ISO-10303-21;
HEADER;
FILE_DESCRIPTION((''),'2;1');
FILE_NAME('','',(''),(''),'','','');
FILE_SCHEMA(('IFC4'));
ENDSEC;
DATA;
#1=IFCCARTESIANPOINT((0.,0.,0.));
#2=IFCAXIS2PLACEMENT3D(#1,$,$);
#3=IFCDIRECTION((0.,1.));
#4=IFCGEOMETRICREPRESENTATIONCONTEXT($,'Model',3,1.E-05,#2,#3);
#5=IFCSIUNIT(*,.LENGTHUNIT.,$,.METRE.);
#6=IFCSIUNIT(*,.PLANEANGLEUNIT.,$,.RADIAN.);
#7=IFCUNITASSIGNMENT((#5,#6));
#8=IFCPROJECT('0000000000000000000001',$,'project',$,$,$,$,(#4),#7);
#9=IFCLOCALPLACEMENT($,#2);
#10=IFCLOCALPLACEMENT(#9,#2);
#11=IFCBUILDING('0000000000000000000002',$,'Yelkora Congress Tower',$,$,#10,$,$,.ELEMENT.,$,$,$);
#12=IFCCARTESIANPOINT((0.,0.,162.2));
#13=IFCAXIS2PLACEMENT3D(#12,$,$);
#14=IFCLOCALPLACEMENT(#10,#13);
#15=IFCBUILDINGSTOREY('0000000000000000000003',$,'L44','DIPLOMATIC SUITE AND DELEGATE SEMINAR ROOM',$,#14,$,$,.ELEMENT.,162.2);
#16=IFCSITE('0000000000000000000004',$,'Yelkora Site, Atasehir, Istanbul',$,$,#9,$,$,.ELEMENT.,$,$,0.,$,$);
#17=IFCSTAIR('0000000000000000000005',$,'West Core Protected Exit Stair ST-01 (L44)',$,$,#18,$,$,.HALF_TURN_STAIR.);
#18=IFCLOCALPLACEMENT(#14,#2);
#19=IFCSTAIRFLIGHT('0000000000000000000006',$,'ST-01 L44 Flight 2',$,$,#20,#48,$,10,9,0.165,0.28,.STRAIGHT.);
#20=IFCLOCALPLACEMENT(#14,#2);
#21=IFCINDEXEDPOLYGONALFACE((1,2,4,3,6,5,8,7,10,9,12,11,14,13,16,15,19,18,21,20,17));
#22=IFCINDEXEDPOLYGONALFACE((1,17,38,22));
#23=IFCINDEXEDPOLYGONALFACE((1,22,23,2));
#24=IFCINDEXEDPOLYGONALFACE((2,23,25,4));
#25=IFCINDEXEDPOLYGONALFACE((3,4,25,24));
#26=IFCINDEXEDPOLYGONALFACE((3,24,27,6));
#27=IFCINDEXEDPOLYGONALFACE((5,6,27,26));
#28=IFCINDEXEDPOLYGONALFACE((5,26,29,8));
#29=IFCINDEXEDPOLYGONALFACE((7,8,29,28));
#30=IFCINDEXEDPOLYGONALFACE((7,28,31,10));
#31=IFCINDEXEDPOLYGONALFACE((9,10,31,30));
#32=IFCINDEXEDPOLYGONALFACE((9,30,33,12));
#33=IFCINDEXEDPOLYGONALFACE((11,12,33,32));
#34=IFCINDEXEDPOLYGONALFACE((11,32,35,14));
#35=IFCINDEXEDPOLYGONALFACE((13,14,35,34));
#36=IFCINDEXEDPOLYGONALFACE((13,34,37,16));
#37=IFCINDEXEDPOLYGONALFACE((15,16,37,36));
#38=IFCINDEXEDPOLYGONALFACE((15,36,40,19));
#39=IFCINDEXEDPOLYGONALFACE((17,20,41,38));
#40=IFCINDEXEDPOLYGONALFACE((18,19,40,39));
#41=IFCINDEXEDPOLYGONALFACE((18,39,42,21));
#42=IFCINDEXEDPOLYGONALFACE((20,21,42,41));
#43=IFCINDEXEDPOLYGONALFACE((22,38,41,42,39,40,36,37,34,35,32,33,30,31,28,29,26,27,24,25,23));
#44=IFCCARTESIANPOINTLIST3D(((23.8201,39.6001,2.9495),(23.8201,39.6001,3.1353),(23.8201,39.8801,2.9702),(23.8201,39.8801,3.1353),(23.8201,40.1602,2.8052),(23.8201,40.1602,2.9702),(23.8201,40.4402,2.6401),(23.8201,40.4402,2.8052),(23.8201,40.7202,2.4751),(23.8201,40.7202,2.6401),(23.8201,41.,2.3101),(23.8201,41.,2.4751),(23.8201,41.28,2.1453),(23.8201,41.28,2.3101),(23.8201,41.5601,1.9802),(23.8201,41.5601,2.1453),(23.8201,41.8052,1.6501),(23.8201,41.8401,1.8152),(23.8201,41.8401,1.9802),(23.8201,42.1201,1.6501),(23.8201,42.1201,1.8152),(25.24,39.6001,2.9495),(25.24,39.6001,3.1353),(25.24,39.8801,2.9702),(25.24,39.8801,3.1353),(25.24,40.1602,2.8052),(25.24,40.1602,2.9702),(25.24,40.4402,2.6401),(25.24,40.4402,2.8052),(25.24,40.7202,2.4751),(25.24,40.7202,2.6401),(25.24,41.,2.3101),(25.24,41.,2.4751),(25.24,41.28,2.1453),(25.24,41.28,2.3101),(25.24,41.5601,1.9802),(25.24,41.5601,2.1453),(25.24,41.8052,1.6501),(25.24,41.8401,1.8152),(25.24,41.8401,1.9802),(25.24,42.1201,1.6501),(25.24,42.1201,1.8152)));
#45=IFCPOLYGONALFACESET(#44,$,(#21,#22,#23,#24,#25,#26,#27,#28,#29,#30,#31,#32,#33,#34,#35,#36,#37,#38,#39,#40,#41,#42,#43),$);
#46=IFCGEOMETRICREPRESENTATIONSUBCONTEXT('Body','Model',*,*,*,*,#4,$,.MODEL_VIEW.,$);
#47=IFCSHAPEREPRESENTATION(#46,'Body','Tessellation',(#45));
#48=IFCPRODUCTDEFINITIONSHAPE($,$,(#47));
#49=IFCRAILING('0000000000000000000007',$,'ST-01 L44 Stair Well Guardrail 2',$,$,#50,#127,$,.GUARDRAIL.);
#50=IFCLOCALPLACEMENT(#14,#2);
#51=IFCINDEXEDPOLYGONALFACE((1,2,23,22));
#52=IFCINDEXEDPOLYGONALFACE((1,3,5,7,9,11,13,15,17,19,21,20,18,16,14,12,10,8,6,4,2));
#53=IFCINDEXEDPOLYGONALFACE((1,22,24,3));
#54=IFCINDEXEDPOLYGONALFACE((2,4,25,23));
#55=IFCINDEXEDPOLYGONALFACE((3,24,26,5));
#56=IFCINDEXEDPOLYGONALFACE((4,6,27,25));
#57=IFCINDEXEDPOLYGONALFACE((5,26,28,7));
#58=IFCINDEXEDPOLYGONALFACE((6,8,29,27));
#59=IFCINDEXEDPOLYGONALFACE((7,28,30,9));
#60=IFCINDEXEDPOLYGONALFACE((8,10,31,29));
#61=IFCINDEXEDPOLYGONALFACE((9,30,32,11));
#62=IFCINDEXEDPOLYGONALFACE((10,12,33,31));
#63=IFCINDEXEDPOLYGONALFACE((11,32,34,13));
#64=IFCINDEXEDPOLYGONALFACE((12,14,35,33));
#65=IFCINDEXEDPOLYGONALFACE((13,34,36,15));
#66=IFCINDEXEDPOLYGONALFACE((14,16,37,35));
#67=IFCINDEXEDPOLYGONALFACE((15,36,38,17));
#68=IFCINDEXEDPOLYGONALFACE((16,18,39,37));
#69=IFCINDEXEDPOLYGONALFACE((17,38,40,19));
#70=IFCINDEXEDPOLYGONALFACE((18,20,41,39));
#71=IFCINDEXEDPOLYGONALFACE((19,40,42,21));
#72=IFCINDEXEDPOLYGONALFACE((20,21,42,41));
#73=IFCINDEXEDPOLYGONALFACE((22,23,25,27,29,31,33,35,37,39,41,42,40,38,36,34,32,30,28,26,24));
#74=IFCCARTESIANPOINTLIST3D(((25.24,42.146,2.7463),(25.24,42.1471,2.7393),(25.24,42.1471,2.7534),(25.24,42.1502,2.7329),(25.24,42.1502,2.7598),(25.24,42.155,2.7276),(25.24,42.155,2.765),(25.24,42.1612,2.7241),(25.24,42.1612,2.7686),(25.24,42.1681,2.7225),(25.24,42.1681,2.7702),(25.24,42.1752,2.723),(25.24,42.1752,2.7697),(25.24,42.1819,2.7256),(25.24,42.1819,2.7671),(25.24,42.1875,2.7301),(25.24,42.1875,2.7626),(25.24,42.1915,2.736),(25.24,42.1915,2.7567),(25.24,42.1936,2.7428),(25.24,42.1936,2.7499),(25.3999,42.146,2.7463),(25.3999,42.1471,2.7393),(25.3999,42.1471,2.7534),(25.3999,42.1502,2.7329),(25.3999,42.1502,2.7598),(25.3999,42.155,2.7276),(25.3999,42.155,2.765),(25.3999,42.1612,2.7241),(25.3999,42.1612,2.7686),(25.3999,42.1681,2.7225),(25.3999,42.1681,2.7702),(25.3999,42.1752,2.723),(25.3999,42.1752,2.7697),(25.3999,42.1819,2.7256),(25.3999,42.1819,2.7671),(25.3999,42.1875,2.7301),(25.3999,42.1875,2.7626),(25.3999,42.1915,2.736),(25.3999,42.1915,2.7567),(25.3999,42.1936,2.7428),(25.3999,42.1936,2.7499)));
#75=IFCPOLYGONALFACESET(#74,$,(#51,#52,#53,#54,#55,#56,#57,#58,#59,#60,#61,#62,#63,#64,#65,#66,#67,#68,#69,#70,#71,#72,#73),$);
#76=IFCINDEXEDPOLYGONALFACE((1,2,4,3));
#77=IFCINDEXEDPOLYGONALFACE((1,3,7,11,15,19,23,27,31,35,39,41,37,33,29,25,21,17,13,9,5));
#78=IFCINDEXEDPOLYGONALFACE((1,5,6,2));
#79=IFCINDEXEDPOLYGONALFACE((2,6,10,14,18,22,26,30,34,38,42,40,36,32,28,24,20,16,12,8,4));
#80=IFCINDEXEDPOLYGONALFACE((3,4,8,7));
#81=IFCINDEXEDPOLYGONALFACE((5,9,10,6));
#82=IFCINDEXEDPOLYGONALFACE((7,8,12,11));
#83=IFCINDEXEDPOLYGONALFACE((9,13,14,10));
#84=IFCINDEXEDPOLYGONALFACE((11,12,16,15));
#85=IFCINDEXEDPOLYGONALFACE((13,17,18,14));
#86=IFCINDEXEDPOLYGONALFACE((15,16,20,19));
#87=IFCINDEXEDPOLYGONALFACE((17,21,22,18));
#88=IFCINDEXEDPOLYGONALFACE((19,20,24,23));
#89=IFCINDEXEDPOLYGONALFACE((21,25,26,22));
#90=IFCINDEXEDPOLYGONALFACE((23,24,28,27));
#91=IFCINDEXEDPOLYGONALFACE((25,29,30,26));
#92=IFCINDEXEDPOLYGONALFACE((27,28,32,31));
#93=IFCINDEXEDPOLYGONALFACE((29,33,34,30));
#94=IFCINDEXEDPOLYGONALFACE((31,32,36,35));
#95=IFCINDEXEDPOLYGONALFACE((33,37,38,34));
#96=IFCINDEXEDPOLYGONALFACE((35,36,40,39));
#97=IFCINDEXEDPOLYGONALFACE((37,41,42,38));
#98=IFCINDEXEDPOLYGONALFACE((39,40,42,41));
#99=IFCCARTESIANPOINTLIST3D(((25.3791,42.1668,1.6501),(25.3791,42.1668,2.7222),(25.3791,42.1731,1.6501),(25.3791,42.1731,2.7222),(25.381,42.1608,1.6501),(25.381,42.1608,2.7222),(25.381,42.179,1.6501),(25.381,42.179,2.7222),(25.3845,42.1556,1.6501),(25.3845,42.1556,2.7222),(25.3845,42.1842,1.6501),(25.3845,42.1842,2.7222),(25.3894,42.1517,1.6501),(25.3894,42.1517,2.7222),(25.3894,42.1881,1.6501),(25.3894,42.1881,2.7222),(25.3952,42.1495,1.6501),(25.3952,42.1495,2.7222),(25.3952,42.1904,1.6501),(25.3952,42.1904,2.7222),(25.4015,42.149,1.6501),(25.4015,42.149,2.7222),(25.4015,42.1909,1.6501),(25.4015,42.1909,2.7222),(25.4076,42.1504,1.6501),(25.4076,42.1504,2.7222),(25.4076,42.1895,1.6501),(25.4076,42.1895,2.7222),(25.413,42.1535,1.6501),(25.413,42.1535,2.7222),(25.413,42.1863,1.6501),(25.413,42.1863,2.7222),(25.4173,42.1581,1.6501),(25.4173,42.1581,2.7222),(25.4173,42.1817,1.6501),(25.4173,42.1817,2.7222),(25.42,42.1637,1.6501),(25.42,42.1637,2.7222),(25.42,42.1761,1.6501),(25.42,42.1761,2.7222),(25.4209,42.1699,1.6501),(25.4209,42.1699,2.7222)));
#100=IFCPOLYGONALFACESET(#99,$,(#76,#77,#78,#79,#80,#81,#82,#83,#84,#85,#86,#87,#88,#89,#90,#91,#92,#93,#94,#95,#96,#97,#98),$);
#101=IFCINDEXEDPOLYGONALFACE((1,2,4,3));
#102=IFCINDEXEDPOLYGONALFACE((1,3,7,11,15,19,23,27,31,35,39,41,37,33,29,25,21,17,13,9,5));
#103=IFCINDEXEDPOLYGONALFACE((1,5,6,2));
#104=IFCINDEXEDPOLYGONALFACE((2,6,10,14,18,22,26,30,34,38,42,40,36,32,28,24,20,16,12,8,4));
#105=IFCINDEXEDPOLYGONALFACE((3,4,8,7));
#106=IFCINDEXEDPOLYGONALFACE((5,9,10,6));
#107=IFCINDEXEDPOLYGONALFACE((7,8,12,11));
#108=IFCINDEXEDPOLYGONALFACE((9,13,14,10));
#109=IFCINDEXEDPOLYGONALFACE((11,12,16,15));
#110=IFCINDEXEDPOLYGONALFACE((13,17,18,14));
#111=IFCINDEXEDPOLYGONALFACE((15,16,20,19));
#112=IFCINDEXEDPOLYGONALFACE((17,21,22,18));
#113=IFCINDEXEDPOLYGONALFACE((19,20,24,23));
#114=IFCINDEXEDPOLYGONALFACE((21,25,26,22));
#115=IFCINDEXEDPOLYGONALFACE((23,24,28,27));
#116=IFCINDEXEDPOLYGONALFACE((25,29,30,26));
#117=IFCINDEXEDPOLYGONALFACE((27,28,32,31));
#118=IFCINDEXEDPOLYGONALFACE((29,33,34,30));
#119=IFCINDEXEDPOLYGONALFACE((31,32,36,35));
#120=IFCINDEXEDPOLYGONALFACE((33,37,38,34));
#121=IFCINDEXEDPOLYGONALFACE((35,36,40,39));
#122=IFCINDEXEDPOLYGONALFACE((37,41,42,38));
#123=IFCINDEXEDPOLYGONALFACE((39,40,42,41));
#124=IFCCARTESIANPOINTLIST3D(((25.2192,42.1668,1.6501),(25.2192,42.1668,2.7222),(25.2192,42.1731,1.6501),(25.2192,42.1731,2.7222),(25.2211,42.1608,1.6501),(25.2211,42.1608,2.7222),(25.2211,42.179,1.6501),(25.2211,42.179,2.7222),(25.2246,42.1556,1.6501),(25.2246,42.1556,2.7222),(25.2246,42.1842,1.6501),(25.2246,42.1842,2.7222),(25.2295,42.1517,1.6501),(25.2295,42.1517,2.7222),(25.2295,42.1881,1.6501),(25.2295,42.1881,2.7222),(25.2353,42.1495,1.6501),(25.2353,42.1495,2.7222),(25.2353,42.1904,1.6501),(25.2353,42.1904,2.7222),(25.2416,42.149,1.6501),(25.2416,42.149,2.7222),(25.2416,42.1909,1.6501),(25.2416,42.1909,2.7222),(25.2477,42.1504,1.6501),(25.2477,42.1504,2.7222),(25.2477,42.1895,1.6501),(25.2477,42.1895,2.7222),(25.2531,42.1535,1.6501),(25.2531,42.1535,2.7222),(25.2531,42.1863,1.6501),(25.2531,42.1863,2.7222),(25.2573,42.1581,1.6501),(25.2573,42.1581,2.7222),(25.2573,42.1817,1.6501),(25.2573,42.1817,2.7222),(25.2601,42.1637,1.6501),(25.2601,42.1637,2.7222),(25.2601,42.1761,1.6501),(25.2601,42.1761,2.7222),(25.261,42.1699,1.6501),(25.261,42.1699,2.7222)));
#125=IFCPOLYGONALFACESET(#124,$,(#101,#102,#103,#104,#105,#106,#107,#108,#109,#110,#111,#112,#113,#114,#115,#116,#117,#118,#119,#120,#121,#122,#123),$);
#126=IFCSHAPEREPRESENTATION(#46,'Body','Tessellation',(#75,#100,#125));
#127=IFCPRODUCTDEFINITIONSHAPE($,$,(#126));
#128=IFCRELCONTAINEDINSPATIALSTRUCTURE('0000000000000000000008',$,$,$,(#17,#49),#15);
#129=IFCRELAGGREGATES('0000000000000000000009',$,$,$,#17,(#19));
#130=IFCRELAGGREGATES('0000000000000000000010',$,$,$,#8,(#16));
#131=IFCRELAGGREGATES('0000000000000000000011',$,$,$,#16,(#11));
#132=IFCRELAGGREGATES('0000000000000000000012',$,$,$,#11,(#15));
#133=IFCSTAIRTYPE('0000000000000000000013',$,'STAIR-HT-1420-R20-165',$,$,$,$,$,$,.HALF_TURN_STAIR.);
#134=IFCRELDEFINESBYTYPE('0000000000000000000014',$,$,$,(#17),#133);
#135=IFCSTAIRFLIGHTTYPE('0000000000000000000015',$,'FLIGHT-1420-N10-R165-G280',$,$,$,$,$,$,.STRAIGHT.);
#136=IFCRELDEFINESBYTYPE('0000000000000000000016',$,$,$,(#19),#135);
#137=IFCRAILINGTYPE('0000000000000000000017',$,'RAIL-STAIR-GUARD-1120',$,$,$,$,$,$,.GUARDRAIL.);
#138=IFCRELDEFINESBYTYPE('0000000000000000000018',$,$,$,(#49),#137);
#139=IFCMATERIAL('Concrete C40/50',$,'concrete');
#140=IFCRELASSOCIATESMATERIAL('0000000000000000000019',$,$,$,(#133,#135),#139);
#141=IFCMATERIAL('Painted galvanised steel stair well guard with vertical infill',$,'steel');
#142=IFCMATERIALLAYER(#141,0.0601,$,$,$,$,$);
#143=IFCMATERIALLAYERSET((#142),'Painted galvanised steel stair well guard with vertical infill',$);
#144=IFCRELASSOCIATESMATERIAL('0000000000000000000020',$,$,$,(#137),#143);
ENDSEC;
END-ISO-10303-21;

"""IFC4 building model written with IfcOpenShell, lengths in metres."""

from ifc_helpers import new_model, si_unit, direction, frame, origin, origin_2d, place, context, subcontext, project, spatial, polyline, circle, outline, extrude, material, layer, layer_set, type_object, element, aggregate, save


model = new_model("IFC4")

# Units and contexts
model_context = context("Model", 3, precision=1e-05, world=origin(), true_north=direction((0.0, 1.0)))
body_context = subcontext(model_context, "Body", "Model", "MODEL_VIEW")
ifc_project = project(units=[si_unit("LENGTHUNIT", "METRE"), si_unit("PLANEANGLEUNIT", "RADIAN")], contexts=[model_context])

# Site, building, storey
site_placement = place(None, origin())
site = spatial("IfcSite", under=ifc_project, at=site_placement, Name="Yelkora Site, Atasehir, Istanbul", CompositionType="ELEMENT", RefElevation=0.0)
building_placement = place(site_placement, origin())
building = spatial("IfcBuilding", under=site, at=building_placement, Name="Yelkora Congress Tower", CompositionType="ELEMENT")
storey_placement = place(building_placement, frame((0.0, 0.0, 162.2)))
storey = spatial("IfcBuildingStorey", under=building, at=storey_placement, Name="L44", Description="DIPLOMATIC SUITE AND DELEGATE SEMINAR ROOM", CompositionType="ELEMENT", Elevation=162.2)

# Stair, stair flight
ifc_material_1 = material(Name="Concrete C40/50", Category="concrete")
stair_type = type_object("IfcStairType", Name="STAIR-HT-1420-R20-165", PredefinedType="HALF_TURN_STAIR", material=ifc_material_1)
stair_placement = place(storey_placement, origin())
stair = element("IfcStair", 1, at=stair_placement, inside=storey, type_object=stair_type, Name="West Core Protected Exit Stair ST-01 (L44)", PredefinedType="HALF_TURN_STAIR")
stair_flight_type = type_object("IfcStairFlightType", Name="FLIGHT-1420-N10-R165-G280", PredefinedType="STRAIGHT", material=ifc_material_1)
stair_flight_placement = place(storey_placement, frame((24.53, 42.1201, 1.6501), z_axis=(0.0, 0.0, 1.0), x_axis=(0.0, -1.0, 0.0)))
stair_flight = element("IfcStairFlight", 2, at=stair_flight_placement, type_object=stair_flight_type, Name="ST-01 L44 Flight 2", NumberOfRisers=10, NumberOfTreads=9, PredefinedType="STRAIGHT", RiserHeight=0.165, TreadLength=0.28, context=body_context, shape_type="SweptSolid", body=[
    extrude(outline(polyline([(0.0, 0.0), (0.0, 0.165), (0.28, 0.165), (0.28, 0.3301), (0.5601, 0.3301), (0.5601, 0.4951), (0.8401, 0.4951), (0.8401, 0.6599), (1.1201, 0.6599), (1.1201, 0.825), (1.3999, 0.825), (1.3999, 0.99), (1.6799, 0.99), (1.6799, 1.155), (1.96, 1.155), (1.96, 1.3201), (2.24, 1.3201), (2.24, 1.4851), (2.52, 1.4851), (2.52, 1.6499), (2.52, 1.2993), (0.3149, 0.0), (0.0, 0.0)])), frame((0.0, 0.71, 0.0), z_axis=(0.0, -1.0, 0.0), x_axis=(1.0, 0.0, 0.0)), (0.0, 0.0, 1.0), 1.4199),
])
aggregate(stair, [stair_flight])

# Railing
ifc_material_2 = material(Name="Painted galvanised steel stair well guard with vertical infill", Category="steel")
ifc_layer_1 = layer(ifc_material_2, 0.0601)
ifc_layer_set_1 = layer_set([ifc_layer_1], Name="Painted galvanised steel stair well guard with vertical infill")
railing_type = type_object("IfcRailingType", Name="RAIL-STAIR-GUARD-1120", PredefinedType="GUARDRAIL", material=ifc_layer_set_1)
railing_1_placement = place(storey_placement, frame((25.3999, 42.1699, 1.6501)))
element("IfcRailing", 3, at=railing_1_placement, inside=storey, type_object=railing_type, Name="ST-01 L44 Stair Well Guardrail 2", PredefinedType="GUARDRAIL", context=body_context, shape_type="SweptSolid", body=[
    extrude(circle(Radius=0.0239, at=origin_2d()), frame((0.0, 0.0, 1.0962), z_axis=(-1.0, 0.0, 0.0), x_axis=(0.0, -1.0, 0.0)), (0.0, 0.0, 1.0), 0.1599),
    extrude(circle(Radius=0.021, at=origin_2d()), origin(), (0.0, 0.0, 1.0), 1.072),
    extrude(circle(Radius=0.021, at=origin_2d()), frame((-0.1599, 0.0, 0.0)), (0.0, 0.0, 1.0), 1.072),
])

save(model, "model.ifc")
